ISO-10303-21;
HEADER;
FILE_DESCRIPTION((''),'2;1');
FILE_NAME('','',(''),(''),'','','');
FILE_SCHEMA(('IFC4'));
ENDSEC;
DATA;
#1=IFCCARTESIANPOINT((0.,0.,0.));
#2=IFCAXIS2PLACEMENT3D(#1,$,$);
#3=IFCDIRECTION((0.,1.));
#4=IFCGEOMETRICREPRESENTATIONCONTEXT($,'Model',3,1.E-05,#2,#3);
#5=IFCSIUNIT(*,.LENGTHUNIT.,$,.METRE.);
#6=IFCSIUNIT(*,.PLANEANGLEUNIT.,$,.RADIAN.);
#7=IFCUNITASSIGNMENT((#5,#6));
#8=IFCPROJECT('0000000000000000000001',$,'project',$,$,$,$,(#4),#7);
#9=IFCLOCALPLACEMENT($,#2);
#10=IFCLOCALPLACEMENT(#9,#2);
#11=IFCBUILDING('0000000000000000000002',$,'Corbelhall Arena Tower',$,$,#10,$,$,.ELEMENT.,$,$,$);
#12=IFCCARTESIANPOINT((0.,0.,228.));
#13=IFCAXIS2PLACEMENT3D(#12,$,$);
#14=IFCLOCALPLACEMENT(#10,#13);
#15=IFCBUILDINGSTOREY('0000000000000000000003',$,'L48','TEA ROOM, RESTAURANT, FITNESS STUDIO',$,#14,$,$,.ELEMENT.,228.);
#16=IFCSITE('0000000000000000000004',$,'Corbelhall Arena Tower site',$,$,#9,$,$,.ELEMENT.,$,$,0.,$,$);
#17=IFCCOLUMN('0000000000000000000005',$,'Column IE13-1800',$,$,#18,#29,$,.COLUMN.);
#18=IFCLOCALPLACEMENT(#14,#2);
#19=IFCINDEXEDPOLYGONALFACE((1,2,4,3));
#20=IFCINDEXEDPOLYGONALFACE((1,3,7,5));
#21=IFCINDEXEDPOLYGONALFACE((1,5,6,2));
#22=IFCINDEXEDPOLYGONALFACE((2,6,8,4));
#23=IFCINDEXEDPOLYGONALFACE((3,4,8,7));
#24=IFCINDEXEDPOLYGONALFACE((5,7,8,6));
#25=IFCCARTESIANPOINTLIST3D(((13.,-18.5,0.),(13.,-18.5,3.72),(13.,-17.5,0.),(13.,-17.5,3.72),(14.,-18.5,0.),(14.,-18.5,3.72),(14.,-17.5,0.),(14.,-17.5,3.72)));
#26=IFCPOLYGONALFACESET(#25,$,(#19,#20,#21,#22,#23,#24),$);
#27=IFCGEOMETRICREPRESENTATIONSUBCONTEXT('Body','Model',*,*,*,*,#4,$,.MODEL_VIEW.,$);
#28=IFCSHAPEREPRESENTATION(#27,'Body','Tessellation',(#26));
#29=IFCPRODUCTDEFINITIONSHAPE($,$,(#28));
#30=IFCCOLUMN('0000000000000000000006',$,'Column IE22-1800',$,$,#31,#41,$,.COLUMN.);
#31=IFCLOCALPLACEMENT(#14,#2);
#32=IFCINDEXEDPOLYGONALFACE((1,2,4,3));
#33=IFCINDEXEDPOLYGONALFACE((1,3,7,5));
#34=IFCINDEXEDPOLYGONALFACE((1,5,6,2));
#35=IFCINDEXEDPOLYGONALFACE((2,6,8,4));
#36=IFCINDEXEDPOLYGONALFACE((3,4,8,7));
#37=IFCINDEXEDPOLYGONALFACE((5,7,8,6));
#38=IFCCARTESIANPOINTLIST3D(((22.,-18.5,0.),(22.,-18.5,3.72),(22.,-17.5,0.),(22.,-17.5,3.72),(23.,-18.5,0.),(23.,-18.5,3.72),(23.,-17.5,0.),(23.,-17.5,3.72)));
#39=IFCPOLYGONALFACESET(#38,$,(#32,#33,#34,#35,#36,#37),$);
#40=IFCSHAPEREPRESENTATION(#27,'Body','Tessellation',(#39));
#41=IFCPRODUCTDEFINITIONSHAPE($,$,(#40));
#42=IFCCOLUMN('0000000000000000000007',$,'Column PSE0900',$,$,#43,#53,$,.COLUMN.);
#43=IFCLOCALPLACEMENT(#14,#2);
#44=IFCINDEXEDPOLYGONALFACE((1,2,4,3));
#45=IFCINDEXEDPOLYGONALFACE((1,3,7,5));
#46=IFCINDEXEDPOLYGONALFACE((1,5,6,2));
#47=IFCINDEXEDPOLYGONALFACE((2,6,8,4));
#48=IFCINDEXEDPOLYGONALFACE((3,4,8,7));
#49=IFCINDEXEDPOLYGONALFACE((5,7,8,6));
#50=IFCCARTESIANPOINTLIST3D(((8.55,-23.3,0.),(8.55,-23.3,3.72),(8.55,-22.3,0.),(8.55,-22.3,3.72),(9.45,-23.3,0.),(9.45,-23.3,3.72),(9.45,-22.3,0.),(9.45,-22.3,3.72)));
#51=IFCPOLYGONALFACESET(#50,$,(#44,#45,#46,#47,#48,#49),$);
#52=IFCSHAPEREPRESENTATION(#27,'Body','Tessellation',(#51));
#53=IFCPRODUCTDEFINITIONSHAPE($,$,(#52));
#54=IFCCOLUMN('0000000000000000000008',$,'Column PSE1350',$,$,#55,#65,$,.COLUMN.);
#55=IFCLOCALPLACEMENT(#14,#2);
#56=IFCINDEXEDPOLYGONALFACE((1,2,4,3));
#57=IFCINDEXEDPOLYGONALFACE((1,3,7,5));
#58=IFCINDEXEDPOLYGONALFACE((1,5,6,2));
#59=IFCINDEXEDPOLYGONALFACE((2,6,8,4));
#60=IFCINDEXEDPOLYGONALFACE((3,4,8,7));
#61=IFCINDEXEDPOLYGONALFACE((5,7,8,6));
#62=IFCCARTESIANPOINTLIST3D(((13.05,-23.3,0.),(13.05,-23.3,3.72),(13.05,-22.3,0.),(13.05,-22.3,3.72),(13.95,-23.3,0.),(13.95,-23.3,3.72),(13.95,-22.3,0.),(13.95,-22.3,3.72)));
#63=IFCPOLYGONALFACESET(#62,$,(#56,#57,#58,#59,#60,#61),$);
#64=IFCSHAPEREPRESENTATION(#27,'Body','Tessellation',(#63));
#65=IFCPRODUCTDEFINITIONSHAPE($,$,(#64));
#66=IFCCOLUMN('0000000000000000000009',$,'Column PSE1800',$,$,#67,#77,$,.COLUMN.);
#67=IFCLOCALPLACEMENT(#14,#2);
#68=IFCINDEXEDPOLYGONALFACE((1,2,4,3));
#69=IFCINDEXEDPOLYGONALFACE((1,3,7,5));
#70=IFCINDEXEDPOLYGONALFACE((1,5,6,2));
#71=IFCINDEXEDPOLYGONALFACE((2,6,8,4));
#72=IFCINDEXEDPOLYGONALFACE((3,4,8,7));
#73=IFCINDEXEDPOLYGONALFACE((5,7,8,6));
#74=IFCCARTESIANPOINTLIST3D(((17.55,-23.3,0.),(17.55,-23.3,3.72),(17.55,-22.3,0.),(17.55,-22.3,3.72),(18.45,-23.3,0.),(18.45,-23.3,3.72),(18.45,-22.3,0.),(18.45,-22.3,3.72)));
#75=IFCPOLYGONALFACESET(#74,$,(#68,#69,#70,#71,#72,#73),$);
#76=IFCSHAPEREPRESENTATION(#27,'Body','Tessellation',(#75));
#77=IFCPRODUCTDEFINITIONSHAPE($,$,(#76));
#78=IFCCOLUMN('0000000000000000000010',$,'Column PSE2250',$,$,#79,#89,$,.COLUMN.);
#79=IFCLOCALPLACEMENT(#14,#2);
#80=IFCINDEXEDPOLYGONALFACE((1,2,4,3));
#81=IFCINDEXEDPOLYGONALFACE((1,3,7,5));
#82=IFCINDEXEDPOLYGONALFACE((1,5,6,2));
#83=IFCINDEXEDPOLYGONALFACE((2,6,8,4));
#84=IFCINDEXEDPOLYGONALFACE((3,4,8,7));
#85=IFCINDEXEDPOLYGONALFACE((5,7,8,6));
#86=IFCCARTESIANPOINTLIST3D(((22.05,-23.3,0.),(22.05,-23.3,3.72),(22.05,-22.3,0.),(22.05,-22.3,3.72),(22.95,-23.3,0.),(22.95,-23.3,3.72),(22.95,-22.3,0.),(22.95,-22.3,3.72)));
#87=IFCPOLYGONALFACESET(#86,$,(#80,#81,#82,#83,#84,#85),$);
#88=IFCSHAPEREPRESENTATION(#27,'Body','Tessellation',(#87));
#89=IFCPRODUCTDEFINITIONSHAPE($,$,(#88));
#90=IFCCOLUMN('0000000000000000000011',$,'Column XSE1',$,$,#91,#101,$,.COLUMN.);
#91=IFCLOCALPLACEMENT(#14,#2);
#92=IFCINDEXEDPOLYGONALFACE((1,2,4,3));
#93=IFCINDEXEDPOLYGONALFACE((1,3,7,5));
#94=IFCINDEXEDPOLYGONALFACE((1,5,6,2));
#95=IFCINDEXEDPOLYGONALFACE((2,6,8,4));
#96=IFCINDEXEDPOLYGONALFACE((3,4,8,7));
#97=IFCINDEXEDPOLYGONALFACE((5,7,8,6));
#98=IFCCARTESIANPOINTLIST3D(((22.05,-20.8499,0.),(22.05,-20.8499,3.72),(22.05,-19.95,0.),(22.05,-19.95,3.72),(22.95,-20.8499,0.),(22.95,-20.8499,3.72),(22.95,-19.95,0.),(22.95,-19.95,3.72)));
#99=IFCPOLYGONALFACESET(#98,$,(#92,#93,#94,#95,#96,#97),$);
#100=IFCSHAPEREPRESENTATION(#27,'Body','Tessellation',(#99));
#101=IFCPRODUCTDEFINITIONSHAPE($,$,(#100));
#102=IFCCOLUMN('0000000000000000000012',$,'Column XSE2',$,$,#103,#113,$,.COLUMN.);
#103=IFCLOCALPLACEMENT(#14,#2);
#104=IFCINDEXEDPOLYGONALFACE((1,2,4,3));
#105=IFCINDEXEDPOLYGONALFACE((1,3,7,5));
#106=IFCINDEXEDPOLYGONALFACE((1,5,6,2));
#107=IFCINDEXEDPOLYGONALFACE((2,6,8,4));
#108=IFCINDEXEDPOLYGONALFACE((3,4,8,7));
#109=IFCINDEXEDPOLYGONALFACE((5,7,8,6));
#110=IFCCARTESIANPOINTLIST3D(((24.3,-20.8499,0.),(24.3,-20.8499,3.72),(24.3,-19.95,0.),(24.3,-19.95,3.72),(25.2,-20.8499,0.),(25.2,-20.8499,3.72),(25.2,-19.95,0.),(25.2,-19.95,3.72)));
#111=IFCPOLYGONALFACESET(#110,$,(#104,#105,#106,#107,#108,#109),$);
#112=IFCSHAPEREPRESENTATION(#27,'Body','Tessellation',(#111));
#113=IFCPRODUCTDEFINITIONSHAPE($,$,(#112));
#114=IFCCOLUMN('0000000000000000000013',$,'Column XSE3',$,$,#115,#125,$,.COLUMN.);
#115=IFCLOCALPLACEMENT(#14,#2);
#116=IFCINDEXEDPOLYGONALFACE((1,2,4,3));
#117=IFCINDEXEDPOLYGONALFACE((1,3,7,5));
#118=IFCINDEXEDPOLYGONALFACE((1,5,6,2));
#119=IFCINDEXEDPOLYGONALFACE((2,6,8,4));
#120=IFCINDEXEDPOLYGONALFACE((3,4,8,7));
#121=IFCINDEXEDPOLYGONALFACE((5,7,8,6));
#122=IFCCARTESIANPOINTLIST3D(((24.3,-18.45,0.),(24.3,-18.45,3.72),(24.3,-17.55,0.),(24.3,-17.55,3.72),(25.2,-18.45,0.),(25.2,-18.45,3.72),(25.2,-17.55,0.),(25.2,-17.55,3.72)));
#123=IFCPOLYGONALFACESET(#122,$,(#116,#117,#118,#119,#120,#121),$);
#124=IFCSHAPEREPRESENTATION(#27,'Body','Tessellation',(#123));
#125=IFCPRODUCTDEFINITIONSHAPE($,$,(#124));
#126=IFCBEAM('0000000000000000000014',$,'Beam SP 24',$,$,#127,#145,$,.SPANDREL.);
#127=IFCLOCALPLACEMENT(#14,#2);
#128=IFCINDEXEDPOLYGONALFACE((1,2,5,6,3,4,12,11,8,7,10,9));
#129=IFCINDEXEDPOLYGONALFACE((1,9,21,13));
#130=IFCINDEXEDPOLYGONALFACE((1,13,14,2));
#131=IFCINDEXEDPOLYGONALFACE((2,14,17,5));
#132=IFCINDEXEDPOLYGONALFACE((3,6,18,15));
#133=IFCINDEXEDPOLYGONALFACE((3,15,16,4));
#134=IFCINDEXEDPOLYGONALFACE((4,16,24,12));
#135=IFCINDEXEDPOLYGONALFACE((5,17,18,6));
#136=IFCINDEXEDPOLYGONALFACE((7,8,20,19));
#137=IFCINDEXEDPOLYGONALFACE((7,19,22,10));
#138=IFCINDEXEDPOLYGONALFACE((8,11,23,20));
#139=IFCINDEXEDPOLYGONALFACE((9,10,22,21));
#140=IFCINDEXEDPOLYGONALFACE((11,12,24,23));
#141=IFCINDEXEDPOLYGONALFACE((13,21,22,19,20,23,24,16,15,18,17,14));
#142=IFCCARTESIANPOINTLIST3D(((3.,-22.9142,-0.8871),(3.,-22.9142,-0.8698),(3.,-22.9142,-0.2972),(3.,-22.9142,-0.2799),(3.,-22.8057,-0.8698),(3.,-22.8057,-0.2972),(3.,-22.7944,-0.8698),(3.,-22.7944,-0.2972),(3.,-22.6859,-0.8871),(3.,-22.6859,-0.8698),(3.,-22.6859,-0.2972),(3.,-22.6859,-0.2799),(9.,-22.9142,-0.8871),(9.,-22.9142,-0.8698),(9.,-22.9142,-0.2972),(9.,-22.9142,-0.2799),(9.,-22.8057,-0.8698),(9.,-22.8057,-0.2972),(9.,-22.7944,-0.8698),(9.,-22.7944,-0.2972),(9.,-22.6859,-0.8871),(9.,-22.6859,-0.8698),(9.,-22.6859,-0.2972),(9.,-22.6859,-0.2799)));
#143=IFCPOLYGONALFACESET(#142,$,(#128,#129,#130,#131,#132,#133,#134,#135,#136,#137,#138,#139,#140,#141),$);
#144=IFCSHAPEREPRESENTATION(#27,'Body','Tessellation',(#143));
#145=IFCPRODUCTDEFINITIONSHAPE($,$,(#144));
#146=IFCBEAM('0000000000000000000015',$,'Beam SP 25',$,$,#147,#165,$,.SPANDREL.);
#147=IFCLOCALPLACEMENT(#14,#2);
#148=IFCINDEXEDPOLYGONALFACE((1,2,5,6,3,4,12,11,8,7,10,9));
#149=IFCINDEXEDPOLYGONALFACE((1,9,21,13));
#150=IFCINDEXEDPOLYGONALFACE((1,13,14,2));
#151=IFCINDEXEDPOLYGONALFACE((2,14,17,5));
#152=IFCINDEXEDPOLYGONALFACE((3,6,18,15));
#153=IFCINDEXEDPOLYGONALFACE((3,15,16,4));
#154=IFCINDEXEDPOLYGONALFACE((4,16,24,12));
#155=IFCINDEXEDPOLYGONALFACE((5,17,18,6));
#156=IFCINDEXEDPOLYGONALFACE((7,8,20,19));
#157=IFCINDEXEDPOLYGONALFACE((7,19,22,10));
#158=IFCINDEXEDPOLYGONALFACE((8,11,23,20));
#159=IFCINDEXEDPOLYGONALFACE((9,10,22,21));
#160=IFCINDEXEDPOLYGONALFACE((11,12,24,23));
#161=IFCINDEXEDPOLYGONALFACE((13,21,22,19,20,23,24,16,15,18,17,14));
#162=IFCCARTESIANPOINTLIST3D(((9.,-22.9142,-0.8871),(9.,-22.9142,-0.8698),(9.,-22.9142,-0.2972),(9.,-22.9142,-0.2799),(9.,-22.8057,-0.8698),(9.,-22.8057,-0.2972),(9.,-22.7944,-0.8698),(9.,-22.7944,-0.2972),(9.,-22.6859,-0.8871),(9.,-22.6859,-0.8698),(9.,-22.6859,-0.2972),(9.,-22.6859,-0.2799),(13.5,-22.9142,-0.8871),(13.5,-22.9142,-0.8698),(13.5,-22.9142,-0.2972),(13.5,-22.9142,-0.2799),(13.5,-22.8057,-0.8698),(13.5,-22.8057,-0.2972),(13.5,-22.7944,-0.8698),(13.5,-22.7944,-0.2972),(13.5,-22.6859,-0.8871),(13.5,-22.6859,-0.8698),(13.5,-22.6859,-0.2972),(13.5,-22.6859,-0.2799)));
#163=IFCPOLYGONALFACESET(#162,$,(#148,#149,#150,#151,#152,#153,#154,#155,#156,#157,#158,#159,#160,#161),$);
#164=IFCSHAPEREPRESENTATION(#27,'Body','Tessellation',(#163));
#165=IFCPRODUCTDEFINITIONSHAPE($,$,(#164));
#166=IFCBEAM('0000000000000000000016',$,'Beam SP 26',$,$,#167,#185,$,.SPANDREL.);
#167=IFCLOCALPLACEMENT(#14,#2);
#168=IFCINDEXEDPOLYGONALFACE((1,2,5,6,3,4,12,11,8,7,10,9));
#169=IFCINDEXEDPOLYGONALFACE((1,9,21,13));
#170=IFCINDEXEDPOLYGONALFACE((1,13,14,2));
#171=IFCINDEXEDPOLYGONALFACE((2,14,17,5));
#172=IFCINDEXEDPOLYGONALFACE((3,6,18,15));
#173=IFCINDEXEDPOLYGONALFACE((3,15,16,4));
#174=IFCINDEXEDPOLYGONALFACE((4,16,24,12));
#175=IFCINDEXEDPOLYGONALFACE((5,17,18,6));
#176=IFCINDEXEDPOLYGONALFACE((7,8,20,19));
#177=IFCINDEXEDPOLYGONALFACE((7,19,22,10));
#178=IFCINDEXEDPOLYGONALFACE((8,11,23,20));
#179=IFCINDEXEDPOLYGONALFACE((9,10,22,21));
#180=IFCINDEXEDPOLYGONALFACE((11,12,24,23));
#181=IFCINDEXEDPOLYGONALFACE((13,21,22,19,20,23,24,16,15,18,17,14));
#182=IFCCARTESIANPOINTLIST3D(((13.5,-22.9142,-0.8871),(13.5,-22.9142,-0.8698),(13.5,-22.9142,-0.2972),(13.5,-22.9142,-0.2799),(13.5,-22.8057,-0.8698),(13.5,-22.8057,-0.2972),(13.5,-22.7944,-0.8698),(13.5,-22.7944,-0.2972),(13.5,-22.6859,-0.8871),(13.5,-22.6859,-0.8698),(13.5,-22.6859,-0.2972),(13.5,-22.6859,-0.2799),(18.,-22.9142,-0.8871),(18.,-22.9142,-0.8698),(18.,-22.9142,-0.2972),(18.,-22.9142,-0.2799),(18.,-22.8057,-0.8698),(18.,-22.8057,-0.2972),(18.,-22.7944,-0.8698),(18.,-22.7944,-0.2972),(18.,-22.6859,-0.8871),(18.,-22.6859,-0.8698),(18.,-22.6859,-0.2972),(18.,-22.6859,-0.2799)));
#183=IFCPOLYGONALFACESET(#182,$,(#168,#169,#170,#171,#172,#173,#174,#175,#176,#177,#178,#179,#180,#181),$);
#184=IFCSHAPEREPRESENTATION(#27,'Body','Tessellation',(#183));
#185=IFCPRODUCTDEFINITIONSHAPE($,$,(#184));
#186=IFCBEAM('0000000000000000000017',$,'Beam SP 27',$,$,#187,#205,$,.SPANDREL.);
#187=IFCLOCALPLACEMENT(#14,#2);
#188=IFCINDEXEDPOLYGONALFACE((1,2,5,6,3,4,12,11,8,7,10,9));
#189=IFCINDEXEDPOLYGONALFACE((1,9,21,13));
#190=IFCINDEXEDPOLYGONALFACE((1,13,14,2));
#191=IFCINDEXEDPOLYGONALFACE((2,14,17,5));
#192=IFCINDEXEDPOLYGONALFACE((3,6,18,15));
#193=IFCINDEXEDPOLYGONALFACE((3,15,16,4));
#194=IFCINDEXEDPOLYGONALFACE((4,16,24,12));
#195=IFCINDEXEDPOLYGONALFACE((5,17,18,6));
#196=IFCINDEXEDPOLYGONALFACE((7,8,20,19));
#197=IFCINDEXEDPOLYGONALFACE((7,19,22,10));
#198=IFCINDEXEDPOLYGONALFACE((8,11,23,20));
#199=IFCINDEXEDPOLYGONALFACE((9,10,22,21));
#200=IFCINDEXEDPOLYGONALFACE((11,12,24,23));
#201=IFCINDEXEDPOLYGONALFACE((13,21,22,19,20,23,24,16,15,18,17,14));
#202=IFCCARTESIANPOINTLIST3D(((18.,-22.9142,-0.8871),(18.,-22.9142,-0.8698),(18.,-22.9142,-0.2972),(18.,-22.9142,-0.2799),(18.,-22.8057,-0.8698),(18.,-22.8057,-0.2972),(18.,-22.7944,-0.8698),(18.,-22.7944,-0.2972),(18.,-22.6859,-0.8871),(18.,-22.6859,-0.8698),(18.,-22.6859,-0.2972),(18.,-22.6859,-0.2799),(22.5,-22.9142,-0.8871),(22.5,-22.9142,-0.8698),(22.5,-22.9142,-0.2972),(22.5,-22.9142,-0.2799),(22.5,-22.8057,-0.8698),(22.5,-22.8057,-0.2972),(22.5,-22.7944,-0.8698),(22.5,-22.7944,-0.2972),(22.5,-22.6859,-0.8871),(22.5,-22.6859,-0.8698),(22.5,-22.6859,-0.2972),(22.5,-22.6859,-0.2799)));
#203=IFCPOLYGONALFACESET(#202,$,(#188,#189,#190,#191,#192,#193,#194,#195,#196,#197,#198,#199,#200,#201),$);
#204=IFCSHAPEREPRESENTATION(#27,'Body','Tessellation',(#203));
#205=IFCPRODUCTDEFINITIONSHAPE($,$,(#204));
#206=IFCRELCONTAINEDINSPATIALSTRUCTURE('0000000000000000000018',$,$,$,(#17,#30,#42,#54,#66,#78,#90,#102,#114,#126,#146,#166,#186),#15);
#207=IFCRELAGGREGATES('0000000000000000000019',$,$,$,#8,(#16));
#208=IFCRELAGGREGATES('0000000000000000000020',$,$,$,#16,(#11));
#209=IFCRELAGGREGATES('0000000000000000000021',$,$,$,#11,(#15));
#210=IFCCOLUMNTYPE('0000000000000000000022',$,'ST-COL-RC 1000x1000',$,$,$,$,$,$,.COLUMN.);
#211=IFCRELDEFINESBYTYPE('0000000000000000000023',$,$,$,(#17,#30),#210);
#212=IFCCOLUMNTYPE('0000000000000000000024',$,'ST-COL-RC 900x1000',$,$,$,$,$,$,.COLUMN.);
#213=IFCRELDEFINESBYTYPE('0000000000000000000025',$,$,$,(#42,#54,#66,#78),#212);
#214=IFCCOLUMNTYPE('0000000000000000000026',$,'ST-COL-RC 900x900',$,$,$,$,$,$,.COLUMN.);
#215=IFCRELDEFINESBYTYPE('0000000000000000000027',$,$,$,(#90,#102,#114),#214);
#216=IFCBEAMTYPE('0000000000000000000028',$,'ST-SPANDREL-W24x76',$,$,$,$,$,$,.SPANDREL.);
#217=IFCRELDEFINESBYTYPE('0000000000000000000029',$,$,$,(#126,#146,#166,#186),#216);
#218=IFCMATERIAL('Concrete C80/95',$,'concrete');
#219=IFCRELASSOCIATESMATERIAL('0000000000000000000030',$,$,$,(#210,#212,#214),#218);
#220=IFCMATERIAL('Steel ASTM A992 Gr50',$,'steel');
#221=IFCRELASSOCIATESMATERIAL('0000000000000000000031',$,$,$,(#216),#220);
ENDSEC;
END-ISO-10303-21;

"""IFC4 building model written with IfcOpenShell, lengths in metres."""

from ifc_helpers import new_model, si_unit, direction, frame, origin, origin_2d, place, context, subcontext, project, spatial, rectangle, i_section, extrude, material, material_profile, profile_set, type_object, element, save


model = new_model("IFC4")

# Units and contexts
model_context = context("Model", 3, precision=1e-05, world=origin(), true_north=direction((0.0, 1.0)))
body_context = subcontext(model_context, "Body", "Model", "MODEL_VIEW")
ifc_project = project(units=[si_unit("LENGTHUNIT", "METRE"), si_unit("PLANEANGLEUNIT", "RADIAN")], contexts=[model_context])

# Site, building, storey
site_placement = place(None, origin())
site = spatial("IfcSite", under=ifc_project, at=site_placement, Name="Corbelhall Arena Tower site", CompositionType="ELEMENT", RefElevation=0.0)
building_placement = place(site_placement, origin())
building = spatial("IfcBuilding", under=site, at=building_placement, Name="Corbelhall Arena Tower", CompositionType="ELEMENT")
storey_placement = place(building_placement, frame((0.0, 0.0, 228.0)))
storey = spatial("IfcBuildingStorey", under=building, at=storey_placement, Name="L48", Description="TEA ROOM, RESTAURANT, FITNESS STUDIO", CompositionType="ELEMENT", Elevation=228.0)

# Columns
ifc_material_1 = material(Name="Concrete C80/95", Category="concrete")
ifc_material_profile_1 = material_profile(ifc_material_1, rectangle(XDim=1.0, YDim=1.0, at=origin_2d()))
ifc_profile_set_1 = profile_set([ifc_material_profile_1], Name="Concrete C80/95")
column_type_1 = type_object("IfcColumnType", Name="ST-COL-RC 1000x1000", PredefinedType="COLUMN", material=ifc_profile_set_1)
for number, where, z_axis, x_axis, name in (
    (1, (13.5, -18.0, 0.0), (0.0, 0.0, 1.0), (1.0, 0.0, 0.0), "Column IE13-1800"),
    (2, (22.5, -18.0, 0.0), (0.0, 0.0, 1.0), (1.0, 0.0, 0.0), "Column IE22-1800"),
):
    element("IfcColumn", number, at=place(storey_placement, frame(where, z_axis=z_axis, x_axis=x_axis)), inside=storey, type_object=column_type_1, Name=name, PredefinedType="COLUMN", context=body_context, shape_type="SweptSolid", body=[
        extrude(rectangle(XDim=1.0, YDim=1.0, at=origin_2d()), origin(), (0.0, 0.0, 1.0), 3.72),
    ])
ifc_material_profile_2 = material_profile(ifc_material_1, rectangle(XDim=0.8999, YDim=1.0, at=origin_2d()))
ifc_profile_set_2 = profile_set([ifc_material_profile_2], Name="Concrete C80/95")
column_type_2 = type_object("IfcColumnType", Name="ST-COL-RC 900x1000", PredefinedType="COLUMN", material=ifc_profile_set_2)
for number, where, z_axis, x_axis, name in (
    (3, (9.0, -22.8, 0.0), (0.0, 0.0, 1.0), (1.0, 0.0, 0.0), "Column PSE0900"),
    (4, (13.5, -22.8, 0.0), (0.0, 0.0, 1.0), (1.0, 0.0, 0.0), "Column PSE1350"),
    (5, (18.0, -22.8, 0.0), (0.0, 0.0, 1.0), (1.0, 0.0, 0.0), "Column PSE1800"),
    (6, (22.5, -22.8, 0.0), (0.0, 0.0, 1.0), (1.0, 0.0, 0.0), "Column PSE2250"),
):
    element("IfcColumn", number, at=place(storey_placement, frame(where, z_axis=z_axis, x_axis=x_axis)), inside=storey, type_object=column_type_2, Name=name, PredefinedType="COLUMN", context=body_context, shape_type="SweptSolid", body=[
        extrude(rectangle(XDim=0.8999, YDim=1.0, at=origin_2d()), origin(), (0.0, 0.0, 1.0), 3.72),
    ])
ifc_material_profile_3 = material_profile(ifc_material_1, rectangle(XDim=0.8999, YDim=0.8999, at=origin_2d()))
ifc_profile_set_3 = profile_set([ifc_material_profile_3], Name="Concrete C80/95")
column_type_3 = type_object("IfcColumnType", Name="ST-COL-RC 900x900", PredefinedType="COLUMN", material=ifc_profile_set_3)
for number, where, z_axis, x_axis, name in (
    (7, (22.5, -20.3999, 0.0), (0.0, 0.0, 1.0), (1.0, 0.0, 0.0), "Column XSE1"),
    (8, (24.75, -20.3999, 0.0), (0.0, 0.0, 1.0), (1.0, 0.0, 0.0), "Column XSE2"),
    (9, (24.75, -18.0, 0.0), (0.0, 0.0, 1.0), (1.0, 0.0, 0.0), "Column XSE3"),
):
    element("IfcColumn", number, at=place(storey_placement, frame(where, z_axis=z_axis, x_axis=x_axis)), inside=storey, type_object=column_type_3, Name=name, PredefinedType="COLUMN", context=body_context, shape_type="SweptSolid", body=[
        extrude(rectangle(XDim=0.8999, YDim=0.8999, at=origin_2d()), origin(), (0.0, 0.0, 1.0), 3.72),
    ])

# Beams
ifc_material_2 = material(Name="Steel ASTM A992 Gr50", Category="steel")
ifc_material_profile_4 = material_profile(ifc_material_2, i_section(OverallWidth=0.2283, OverallDepth=0.6072, WebThickness=0.0112, FlangeThickness=0.0173, at=origin_2d()))
ifc_profile_set_4 = profile_set([ifc_material_profile_4], Name="Steel ASTM A992 Gr50")
beam_type = type_object("IfcBeamType", Name="ST-SPANDREL-W24x76", PredefinedType="SPANDREL", material=ifc_profile_set_4)
beam_1_placement = place(storey_placement, frame((9.0, -22.8, -0.5835), z_axis=(-1.0, 0.0, 0.0), x_axis=(0.0, -1.0, 0.0)))
element("IfcBeam", 10, at=beam_1_placement, inside=storey, type_object=beam_type, Name="Beam SP 24", PredefinedType="SPANDREL", context=body_context, shape_type="SweptSolid", body=[
    extrude(i_section(OverallWidth=0.2283, OverallDepth=0.6072, WebThickness=0.0112, FlangeThickness=0.0173, at=origin_2d()), origin(), (0.0, 0.0, 1.0), 6.0),
])
for number, where, z_axis, x_axis, name in (
    (11, (13.5, -22.8, -0.5835), (-1.0, 0.0, 0.0), (0.0, -1.0, 0.0), "Beam SP 25"),
    (12, (18.0, -22.8, -0.5835), (-1.0, 0.0, 0.0), (0.0, -1.0, 0.0), "Beam SP 26"),
    (13, (22.5, -22.8, -0.5835), (-1.0, 0.0, 0.0), (0.0, -1.0, 0.0), "Beam SP 27"),
):
    element("IfcBeam", number, at=place(storey_placement, frame(where, z_axis=z_axis, x_axis=x_axis)), inside=storey, type_object=beam_type, Name=name, PredefinedType="SPANDREL", context=body_context, shape_type="SweptSolid", body=[
        extrude(i_section(OverallWidth=0.2283, OverallDepth=0.6072, WebThickness=0.0112, FlangeThickness=0.0173, at=origin_2d()), origin(), (0.0, 0.0, 1.0), 4.5),
    ])

save(model, "model.ifc")
